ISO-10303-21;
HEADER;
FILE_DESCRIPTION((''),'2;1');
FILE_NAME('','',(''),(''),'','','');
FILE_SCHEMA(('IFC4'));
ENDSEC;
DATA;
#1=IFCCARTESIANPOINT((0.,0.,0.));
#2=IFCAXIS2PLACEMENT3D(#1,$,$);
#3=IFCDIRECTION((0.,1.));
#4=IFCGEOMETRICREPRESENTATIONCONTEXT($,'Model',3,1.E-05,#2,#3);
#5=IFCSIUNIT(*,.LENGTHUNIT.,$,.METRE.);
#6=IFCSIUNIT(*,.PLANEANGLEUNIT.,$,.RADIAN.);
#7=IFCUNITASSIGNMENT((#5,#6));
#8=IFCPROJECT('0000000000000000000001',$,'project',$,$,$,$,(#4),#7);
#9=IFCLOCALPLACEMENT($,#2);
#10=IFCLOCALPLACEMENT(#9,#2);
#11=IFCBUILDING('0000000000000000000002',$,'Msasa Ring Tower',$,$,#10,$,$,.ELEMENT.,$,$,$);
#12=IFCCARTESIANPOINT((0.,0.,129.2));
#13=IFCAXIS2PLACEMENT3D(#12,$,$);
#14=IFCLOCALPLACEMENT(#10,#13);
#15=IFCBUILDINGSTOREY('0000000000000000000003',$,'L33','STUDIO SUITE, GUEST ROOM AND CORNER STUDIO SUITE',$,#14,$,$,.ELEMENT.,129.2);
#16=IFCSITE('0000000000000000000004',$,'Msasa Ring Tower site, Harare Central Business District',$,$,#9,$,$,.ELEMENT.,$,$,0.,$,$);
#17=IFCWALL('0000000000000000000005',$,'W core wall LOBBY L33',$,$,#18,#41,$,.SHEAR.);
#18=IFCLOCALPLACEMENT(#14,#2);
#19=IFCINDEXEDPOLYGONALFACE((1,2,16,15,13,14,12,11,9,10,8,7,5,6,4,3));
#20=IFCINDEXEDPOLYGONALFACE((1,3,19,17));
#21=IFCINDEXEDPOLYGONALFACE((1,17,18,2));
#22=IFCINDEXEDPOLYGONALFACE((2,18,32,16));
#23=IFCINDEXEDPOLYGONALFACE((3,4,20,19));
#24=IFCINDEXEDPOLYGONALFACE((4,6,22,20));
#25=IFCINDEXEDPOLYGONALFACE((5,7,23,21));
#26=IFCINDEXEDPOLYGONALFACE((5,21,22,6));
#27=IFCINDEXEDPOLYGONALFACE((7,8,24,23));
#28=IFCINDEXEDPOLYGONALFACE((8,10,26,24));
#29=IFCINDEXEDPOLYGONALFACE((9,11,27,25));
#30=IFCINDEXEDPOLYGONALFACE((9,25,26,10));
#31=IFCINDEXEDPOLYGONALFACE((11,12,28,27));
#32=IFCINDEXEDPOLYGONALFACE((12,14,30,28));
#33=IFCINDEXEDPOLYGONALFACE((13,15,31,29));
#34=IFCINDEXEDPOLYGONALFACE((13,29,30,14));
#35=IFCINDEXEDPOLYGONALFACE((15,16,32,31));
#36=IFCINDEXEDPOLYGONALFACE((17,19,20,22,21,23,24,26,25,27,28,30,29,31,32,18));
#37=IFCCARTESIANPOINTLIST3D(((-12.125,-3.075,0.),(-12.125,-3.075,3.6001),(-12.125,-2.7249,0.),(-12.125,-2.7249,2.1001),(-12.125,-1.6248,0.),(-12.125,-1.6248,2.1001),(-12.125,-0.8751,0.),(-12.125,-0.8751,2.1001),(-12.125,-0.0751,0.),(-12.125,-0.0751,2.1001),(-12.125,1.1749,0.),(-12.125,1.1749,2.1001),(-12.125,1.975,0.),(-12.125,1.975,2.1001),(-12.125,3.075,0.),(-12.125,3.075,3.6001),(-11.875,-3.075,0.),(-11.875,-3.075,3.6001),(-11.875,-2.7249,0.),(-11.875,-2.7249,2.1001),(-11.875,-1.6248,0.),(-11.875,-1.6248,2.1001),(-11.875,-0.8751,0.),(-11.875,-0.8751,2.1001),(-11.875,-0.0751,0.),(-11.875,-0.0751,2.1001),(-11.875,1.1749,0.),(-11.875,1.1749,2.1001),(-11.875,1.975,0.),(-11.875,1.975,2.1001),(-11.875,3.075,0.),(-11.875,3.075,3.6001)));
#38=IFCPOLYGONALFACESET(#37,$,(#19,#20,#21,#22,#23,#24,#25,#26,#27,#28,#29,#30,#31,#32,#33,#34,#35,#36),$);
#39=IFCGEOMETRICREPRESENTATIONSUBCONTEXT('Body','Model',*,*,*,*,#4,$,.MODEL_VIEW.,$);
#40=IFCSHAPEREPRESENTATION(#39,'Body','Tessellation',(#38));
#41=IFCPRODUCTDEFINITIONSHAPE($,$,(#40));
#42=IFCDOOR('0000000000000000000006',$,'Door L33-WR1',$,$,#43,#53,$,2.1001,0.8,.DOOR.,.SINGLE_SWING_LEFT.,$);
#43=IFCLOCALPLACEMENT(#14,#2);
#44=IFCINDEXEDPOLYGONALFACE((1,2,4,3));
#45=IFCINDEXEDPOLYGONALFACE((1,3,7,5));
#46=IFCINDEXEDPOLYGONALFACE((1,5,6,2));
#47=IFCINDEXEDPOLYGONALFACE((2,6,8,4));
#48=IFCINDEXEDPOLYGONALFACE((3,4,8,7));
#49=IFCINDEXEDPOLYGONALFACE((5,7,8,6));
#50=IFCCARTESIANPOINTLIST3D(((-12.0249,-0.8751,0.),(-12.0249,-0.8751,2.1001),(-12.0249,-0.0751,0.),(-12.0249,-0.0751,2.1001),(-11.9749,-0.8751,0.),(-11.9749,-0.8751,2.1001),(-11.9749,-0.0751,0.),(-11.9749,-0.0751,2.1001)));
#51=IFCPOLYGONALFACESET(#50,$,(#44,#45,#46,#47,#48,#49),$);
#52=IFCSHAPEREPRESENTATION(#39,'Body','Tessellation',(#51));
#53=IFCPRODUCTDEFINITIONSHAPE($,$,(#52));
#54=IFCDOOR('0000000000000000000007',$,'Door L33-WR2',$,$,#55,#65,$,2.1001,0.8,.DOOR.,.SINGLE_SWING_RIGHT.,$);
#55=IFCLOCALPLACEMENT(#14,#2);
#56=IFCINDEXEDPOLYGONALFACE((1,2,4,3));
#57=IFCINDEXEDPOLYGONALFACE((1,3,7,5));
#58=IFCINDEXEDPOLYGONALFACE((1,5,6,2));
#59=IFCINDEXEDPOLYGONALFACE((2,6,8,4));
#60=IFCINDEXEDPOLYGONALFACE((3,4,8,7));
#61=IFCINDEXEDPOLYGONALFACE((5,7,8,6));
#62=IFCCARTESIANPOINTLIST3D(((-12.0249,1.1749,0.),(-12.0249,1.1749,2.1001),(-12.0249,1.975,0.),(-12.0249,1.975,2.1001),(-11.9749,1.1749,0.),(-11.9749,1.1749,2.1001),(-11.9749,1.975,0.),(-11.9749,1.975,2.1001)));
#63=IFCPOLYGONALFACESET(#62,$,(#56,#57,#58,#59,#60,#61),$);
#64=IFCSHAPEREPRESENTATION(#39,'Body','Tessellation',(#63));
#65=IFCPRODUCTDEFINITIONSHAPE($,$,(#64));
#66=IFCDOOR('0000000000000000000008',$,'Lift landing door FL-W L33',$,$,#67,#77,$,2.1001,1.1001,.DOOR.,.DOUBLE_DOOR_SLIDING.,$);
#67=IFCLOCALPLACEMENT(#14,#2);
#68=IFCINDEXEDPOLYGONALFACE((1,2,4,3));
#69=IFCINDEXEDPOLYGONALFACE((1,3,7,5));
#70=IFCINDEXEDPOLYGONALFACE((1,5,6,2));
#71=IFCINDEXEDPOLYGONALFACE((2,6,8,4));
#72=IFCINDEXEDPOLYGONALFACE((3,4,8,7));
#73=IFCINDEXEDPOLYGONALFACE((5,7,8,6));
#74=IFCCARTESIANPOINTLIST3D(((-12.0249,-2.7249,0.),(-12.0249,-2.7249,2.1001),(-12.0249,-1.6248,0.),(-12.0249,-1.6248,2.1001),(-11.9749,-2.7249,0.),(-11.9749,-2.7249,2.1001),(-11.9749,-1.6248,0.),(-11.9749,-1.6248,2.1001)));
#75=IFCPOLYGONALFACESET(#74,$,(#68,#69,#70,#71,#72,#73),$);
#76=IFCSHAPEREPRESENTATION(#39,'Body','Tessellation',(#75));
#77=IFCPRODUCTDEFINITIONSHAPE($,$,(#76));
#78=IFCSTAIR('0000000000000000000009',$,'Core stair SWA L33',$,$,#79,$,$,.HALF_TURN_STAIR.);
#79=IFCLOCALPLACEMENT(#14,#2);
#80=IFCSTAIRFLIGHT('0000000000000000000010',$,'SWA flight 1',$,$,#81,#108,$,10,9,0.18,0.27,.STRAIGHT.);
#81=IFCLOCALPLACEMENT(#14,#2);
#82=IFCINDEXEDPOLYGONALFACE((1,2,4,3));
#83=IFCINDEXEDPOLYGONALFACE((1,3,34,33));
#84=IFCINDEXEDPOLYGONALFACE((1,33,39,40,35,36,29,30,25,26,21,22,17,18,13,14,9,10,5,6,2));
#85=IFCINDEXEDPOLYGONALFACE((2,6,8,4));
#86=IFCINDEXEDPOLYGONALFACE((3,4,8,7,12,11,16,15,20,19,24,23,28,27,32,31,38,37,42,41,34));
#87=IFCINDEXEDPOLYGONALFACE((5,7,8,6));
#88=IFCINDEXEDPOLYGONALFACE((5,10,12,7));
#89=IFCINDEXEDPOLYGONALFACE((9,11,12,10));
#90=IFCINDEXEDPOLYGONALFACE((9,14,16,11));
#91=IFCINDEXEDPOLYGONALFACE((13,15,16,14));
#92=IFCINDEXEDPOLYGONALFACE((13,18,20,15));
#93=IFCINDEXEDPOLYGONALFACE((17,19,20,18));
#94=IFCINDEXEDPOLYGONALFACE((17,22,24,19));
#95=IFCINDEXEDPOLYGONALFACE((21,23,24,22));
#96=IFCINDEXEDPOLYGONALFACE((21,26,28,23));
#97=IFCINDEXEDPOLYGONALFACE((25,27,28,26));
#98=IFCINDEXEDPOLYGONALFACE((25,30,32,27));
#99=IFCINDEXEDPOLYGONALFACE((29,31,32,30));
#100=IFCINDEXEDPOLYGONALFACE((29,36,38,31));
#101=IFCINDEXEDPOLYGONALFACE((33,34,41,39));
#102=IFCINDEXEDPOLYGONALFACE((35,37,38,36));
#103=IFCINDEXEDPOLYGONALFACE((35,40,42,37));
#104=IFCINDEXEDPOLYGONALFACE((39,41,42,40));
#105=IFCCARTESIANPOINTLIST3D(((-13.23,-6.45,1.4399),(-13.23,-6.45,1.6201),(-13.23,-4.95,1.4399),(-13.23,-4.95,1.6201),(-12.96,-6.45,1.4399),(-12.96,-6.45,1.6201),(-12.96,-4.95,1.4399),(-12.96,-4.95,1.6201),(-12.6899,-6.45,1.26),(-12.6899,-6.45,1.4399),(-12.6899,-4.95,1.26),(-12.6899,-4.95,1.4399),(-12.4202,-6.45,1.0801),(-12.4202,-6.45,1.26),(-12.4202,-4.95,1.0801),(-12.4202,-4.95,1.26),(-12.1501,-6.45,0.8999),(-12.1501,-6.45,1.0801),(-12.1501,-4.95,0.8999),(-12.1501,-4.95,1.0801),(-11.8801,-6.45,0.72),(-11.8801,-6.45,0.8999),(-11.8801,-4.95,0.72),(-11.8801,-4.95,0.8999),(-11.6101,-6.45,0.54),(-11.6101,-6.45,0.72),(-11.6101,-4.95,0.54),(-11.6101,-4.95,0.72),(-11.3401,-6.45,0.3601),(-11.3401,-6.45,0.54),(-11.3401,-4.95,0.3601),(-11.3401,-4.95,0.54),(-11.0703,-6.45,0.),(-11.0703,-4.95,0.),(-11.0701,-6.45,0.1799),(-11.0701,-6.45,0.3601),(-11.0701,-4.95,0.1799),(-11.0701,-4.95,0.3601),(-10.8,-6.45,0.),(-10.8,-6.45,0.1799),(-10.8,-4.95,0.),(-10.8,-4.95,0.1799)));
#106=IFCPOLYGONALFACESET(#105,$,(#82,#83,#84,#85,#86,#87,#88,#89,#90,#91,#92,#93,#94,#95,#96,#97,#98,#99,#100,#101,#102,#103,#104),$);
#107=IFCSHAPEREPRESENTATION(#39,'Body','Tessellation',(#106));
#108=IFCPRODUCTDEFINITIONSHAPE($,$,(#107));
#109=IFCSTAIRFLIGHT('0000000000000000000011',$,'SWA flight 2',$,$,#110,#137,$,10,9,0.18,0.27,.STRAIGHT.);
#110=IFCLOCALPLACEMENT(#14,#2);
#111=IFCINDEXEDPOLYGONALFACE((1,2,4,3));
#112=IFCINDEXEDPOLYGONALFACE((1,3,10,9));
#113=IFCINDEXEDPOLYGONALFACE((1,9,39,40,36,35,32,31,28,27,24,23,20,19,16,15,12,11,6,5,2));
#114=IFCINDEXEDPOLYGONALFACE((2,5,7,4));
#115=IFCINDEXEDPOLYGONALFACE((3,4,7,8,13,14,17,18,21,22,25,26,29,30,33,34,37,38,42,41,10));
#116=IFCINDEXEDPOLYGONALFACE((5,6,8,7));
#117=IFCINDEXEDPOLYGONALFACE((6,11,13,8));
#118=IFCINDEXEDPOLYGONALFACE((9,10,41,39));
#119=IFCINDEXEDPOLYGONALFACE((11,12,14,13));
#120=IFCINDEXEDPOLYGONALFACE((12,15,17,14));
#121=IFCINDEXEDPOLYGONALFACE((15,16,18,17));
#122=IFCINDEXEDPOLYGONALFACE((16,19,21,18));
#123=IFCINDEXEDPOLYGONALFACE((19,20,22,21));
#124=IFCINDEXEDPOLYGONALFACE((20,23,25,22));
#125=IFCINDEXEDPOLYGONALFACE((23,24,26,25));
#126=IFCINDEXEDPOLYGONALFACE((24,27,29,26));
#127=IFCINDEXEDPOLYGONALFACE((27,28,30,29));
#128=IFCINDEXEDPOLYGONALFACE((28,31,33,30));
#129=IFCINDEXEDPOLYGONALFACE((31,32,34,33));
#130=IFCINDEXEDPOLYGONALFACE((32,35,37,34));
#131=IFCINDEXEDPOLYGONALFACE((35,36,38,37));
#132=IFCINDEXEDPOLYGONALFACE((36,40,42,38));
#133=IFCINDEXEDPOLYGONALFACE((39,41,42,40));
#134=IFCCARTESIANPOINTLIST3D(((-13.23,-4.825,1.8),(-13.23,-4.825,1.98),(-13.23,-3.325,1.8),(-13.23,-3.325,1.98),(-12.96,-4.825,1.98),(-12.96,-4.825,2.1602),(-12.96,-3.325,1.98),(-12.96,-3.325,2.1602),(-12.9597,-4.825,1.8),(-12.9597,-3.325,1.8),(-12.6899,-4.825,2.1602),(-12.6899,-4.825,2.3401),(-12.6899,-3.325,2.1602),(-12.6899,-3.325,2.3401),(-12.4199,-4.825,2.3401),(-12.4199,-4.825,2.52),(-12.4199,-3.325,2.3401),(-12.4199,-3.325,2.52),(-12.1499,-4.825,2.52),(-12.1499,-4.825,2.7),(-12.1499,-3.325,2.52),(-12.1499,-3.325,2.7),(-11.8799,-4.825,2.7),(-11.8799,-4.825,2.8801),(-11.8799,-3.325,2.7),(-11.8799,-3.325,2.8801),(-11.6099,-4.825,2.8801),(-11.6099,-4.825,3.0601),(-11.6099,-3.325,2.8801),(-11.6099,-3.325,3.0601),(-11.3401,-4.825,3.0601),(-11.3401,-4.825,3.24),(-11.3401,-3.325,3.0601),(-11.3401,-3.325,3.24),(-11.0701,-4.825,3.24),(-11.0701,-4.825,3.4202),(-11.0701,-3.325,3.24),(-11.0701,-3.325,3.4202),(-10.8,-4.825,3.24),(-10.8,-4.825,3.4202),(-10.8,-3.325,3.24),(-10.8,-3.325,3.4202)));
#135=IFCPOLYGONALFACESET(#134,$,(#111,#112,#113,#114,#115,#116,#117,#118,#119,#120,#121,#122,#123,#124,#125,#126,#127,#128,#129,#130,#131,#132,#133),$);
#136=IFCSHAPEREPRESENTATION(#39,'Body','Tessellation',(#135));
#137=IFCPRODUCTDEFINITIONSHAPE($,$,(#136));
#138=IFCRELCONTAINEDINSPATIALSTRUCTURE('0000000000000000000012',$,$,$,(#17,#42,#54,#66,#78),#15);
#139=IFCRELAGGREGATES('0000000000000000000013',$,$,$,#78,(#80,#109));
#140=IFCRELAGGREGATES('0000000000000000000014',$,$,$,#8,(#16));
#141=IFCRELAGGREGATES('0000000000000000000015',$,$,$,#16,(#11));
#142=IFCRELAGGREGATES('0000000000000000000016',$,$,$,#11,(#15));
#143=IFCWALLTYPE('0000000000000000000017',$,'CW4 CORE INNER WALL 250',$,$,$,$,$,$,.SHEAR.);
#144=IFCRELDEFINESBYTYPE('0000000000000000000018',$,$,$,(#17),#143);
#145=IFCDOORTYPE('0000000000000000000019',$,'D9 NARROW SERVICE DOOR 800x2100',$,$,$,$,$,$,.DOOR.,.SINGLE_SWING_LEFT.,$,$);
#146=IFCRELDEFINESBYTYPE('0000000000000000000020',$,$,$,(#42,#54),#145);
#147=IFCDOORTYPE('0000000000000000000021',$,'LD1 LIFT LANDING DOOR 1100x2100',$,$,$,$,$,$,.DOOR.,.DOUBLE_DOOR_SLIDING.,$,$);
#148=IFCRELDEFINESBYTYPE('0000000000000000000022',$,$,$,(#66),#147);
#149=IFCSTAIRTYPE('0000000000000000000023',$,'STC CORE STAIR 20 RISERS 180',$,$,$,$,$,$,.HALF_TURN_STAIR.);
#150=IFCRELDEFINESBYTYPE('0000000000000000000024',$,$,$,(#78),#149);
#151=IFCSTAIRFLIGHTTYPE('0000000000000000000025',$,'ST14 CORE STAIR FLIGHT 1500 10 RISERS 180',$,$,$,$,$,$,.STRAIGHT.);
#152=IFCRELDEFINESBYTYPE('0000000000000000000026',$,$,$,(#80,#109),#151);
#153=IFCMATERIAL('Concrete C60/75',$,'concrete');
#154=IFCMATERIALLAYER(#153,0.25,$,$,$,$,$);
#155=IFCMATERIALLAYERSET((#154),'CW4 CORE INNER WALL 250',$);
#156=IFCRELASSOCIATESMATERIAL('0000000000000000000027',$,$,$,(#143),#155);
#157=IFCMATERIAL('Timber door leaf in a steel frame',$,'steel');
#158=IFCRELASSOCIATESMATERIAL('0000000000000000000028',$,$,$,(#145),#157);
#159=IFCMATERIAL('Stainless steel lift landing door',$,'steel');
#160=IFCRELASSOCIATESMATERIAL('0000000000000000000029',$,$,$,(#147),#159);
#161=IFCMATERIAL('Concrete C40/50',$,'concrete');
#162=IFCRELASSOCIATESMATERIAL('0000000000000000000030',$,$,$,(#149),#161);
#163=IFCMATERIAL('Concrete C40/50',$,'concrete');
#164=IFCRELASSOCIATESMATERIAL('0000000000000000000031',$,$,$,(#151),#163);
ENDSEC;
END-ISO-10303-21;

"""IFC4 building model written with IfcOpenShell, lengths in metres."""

from ifc_helpers import new_model, si_unit, direction, frame, frame_2d, origin, place, context, subcontext, project, spatial, polyline, rectangle, outline, extrude, material, layer, layer_set, type_object, element, fill, aggregate, save


model = new_model("IFC4")

# Units and contexts
model_context = context("Model", 3, precision=1e-05, world=origin(), true_north=direction((0.0, 1.0)))
body_context = subcontext(model_context, "Body", "Model", "MODEL_VIEW")
ifc_project = project(units=[si_unit("LENGTHUNIT", "METRE"), si_unit("PLANEANGLEUNIT", "RADIAN")], contexts=[model_context])

# Site, building, storey
site_placement = place(None, origin())
site = spatial("IfcSite", under=ifc_project, at=site_placement, Name="Msasa Ring Tower site, Harare Central Business District", CompositionType="ELEMENT", RefElevation=0.0)
building_placement = place(site_placement, origin())
building = spatial("IfcBuilding", under=site, at=building_placement, Name="Msasa Ring Tower", CompositionType="ELEMENT")
storey_placement = place(building_placement, frame((0.0, 0.0, 129.2)))
storey = spatial("IfcBuildingStorey", under=building, at=storey_placement, Name="L33", Description="STUDIO SUITE, GUEST ROOM AND CORNER STUDIO SUITE", CompositionType="ELEMENT", Elevation=129.2)

# Shared definitions
ifc_material_1 = material(Name="Concrete C60/75", Category="concrete")
ifc_layer_1 = layer(ifc_material_1, 0.25)
ifc_layer_set_1 = layer_set([ifc_layer_1], Name="CW4 CORE INNER WALL 250")
wall_type_1 = type_object("IfcWallType", Name="CW4 CORE INNER WALL 250", PredefinedType="SHEAR", material=ifc_layer_set_1)

# Wall, openings, doors
wall_1_placement = place(storey_placement, frame((-12.0, -3.075, 0.0), z_axis=(0.0, 0.0, 1.0), x_axis=(0.0, 1.0, 0.0)))
wall_1 = element("IfcWall", 1, at=wall_1_placement, inside=storey, type_object=wall_type_1, Name="W core wall LOBBY L33", PredefinedType="SHEAR", context=body_context, shape_type="SweptSolid", body=[
    extrude(rectangle(XDim=6.1499, YDim=0.25, at=frame_2d((3.075, 0.0))), origin(), (0.0, 0.0, 1.0), 3.6001),
])
opening_1_placement = place(wall_1_placement, frame((2.2, 0.0, 0.0)))
opening_1 = element("IfcOpeningElement", 2, at=opening_1_placement, cuts=wall_1, PredefinedType="OPENING", context=body_context, shape_type="SweptSolid", body=[
    extrude(rectangle(XDim=0.8, YDim=2.1001, at=frame_2d((0.3999, 1.05))), frame((0.0, 0.135, 0.0), z_axis=(0.0, -1.0, 0.0), x_axis=(1.0, 0.0, 0.0)), (0.0, 0.0, 1.0), 0.27),
])
opening_2_placement = place(wall_1_placement, frame((4.25, 0.0, 0.0)))
opening_2 = element("IfcOpeningElement", 3, at=opening_2_placement, cuts=wall_1, PredefinedType="OPENING", context=body_context, shape_type="SweptSolid", body=[
    extrude(rectangle(XDim=0.8, YDim=2.1001, at=frame_2d((0.3999, 1.05))), frame((0.0, 0.135, 0.0), z_axis=(0.0, -1.0, 0.0), x_axis=(1.0, 0.0, 0.0)), (0.0, 0.0, 1.0), 0.27),
])
opening_3_placement = place(wall_1_placement, frame((0.3501, 0.0, 0.0)))
opening_3 = element("IfcOpeningElement", 4, at=opening_3_placement, cuts=wall_1, PredefinedType="OPENING", context=body_context, shape_type="SweptSolid", body=[
    extrude(rectangle(XDim=1.1001, YDim=2.1001, at=frame_2d((0.55, 1.05))), frame((0.0, 0.135, 0.0), z_axis=(0.0, -1.0, 0.0), x_axis=(1.0, 0.0, 0.0)), (0.0, 0.0, 1.0), 0.27),
])
ifc_material_2 = material(Name="Timber door leaf in a steel frame", Category="steel")
door_type_1 = type_object("IfcDoorType", Name="D9 NARROW SERVICE DOOR 800x2100", OperationType="SINGLE_SWING_LEFT", PredefinedType="DOOR", material=ifc_material_2)
door_1_placement = place(opening_1_placement, origin())
door_1 = element("IfcDoor", 5, at=door_1_placement, inside=storey, type_object=door_type_1, Name="Door L33-WR1", OperationType="SINGLE_SWING_LEFT", OverallHeight=2.1001, OverallWidth=0.8, PredefinedType="DOOR", context=body_context, shape_type="SweptSolid", body=[
    extrude(rectangle(XDim=0.8, YDim=2.1001, at=frame_2d((0.3999, 1.05))), frame((0.0, 0.0249, 0.0), z_axis=(0.0, -1.0, 0.0), x_axis=(1.0, 0.0, 0.0)), (0.0, 0.0, 1.0), 0.05),
])
fill(opening_1, door_1)
door_2_placement = place(opening_2_placement, origin())
door_2 = element("IfcDoor", 6, at=door_2_placement, inside=storey, type_object=door_type_1, Name="Door L33-WR2", OperationType="SINGLE_SWING_RIGHT", OverallHeight=2.1001, OverallWidth=0.8, PredefinedType="DOOR", context=body_context, shape_type="SweptSolid", body=[
    extrude(rectangle(XDim=0.8, YDim=2.1001, at=frame_2d((0.3999, 1.05))), frame((0.0, 0.0249, 0.0), z_axis=(0.0, -1.0, 0.0), x_axis=(1.0, 0.0, 0.0)), (0.0, 0.0, 1.0), 0.05),
])
fill(opening_2, door_2)
ifc_material_3 = material(Name="Stainless steel lift landing door", Category="steel")
door_type_2 = type_object("IfcDoorType", Name="LD1 LIFT LANDING DOOR 1100x2100", OperationType="DOUBLE_DOOR_SLIDING", PredefinedType="DOOR", material=ifc_material_3)
door_3_placement = place(opening_3_placement, origin())
door_3 = element("IfcDoor", 7, at=door_3_placement, inside=storey, type_object=door_type_2, Name="Lift landing door FL-W L33", OperationType="DOUBLE_DOOR_SLIDING", OverallHeight=2.1001, OverallWidth=1.1001, PredefinedType="DOOR", context=body_context, shape_type="SweptSolid", body=[
    extrude(rectangle(XDim=1.1001, YDim=2.1001, at=frame_2d((0.55, 1.05))), frame((0.0, 0.0249, 0.0), z_axis=(0.0, -1.0, 0.0), x_axis=(1.0, 0.0, 0.0)), (0.0, 0.0, 1.0), 0.05),
])
fill(opening_3, door_3)

# Stair, stair flights
ifc_material_4 = material(Name="Concrete C40/50", Category="concrete")
stair_type = type_object("IfcStairType", Name="STC CORE STAIR 20 RISERS 180", PredefinedType="HALF_TURN_STAIR", material=ifc_material_4)
stair_placement = place(storey_placement, origin())
stair = element("IfcStair", 8, at=stair_placement, inside=storey, type_object=stair_type, Name="Core stair SWA L33", PredefinedType="HALF_TURN_STAIR")
ifc_material_5 = material(Name="Concrete C40/50", Category="concrete")
stair_flight_type = type_object("IfcStairFlightType", Name="ST14 CORE STAIR FLIGHT 1500 10 RISERS 180", PredefinedType="STRAIGHT", material=ifc_material_5)
stair_flight_1_placement = place(storey_placement, frame((-10.8, -5.7, 0.0), z_axis=(0.0, 0.0, 1.0), x_axis=(-1.0, 0.0, 0.0)))
stair_flight_1 = element("IfcStairFlight", 9, at=stair_flight_1_placement, type_object=stair_flight_type, Name="SWA flight 1", NumberOfRisers=10, NumberOfTreads=9, PredefinedType="STRAIGHT", RiserHeight=0.18, TreadLength=0.27, context=body_context, shape_type="SweptSolid", body=[
    extrude(outline(polyline([(0.0, 0.0), (0.0, 0.1799), (0.27, 0.1799), (0.27, 0.3601), (0.54, 0.3601), (0.54, 0.54), (0.8101, 0.54), (0.8101, 0.72), (1.0801, 0.72), (1.0801, 0.8999), (1.3501, 0.8999), (1.3501, 1.0801), (1.6201, 1.0801), (1.6201, 1.26), (1.8899, 1.26), (1.8899, 1.4399), (2.1599, 1.4399), (2.1599, 1.6201), (2.4299, 1.6201), (2.4299, 1.8), (2.4299, 1.4399), (0.2703, 0.0), (0.0, 0.0)])), frame((0.0, 0.75, 0.0), z_axis=(0.0, -1.0, 0.0), x_axis=(1.0, 0.0, 0.0)), (0.0, 0.0, 1.0), 1.5),
])
stair_flight_2_placement = place(storey_placement, frame((-13.23, -4.075, 1.8), z_axis=(0.0, 0.0, 1.0), x_axis=(1.0, 0.0, 0.0)))
stair_flight_2 = element("IfcStairFlight", 10, at=stair_flight_2_placement, type_object=stair_flight_type, Name="SWA flight 2", NumberOfRisers=10, NumberOfTreads=9, PredefinedType="STRAIGHT", RiserHeight=0.18, TreadLength=0.27, context=body_context, shape_type="SweptSolid", body=[
    extrude(outline(polyline([(0.0, 0.0), (0.0, 0.1799), (0.27, 0.1799), (0.27, 0.3601), (0.54, 0.3601), (0.54, 0.54), (0.8101, 0.54), (0.8101, 0.72), (1.0801, 0.72), (1.0801, 0.8999), (1.3501, 0.8999), (1.3501, 1.0801), (1.6201, 1.0801), (1.6201, 1.26), (1.8899, 1.26), (1.8899, 1.4399), (2.1599, 1.4399), (2.1599, 1.6201), (2.4299, 1.6201), (2.4299, 1.8), (2.4299, 1.4399), (0.2703, 0.0), (0.0, 0.0)])), frame((0.0, 0.75, 0.0), z_axis=(0.0, -1.0, 0.0), x_axis=(1.0, 0.0, 0.0)), (0.0, 0.0, 1.0), 1.5),
])
aggregate(stair, [stair_flight_1, stair_flight_2])

save(model, "model.ifc")
